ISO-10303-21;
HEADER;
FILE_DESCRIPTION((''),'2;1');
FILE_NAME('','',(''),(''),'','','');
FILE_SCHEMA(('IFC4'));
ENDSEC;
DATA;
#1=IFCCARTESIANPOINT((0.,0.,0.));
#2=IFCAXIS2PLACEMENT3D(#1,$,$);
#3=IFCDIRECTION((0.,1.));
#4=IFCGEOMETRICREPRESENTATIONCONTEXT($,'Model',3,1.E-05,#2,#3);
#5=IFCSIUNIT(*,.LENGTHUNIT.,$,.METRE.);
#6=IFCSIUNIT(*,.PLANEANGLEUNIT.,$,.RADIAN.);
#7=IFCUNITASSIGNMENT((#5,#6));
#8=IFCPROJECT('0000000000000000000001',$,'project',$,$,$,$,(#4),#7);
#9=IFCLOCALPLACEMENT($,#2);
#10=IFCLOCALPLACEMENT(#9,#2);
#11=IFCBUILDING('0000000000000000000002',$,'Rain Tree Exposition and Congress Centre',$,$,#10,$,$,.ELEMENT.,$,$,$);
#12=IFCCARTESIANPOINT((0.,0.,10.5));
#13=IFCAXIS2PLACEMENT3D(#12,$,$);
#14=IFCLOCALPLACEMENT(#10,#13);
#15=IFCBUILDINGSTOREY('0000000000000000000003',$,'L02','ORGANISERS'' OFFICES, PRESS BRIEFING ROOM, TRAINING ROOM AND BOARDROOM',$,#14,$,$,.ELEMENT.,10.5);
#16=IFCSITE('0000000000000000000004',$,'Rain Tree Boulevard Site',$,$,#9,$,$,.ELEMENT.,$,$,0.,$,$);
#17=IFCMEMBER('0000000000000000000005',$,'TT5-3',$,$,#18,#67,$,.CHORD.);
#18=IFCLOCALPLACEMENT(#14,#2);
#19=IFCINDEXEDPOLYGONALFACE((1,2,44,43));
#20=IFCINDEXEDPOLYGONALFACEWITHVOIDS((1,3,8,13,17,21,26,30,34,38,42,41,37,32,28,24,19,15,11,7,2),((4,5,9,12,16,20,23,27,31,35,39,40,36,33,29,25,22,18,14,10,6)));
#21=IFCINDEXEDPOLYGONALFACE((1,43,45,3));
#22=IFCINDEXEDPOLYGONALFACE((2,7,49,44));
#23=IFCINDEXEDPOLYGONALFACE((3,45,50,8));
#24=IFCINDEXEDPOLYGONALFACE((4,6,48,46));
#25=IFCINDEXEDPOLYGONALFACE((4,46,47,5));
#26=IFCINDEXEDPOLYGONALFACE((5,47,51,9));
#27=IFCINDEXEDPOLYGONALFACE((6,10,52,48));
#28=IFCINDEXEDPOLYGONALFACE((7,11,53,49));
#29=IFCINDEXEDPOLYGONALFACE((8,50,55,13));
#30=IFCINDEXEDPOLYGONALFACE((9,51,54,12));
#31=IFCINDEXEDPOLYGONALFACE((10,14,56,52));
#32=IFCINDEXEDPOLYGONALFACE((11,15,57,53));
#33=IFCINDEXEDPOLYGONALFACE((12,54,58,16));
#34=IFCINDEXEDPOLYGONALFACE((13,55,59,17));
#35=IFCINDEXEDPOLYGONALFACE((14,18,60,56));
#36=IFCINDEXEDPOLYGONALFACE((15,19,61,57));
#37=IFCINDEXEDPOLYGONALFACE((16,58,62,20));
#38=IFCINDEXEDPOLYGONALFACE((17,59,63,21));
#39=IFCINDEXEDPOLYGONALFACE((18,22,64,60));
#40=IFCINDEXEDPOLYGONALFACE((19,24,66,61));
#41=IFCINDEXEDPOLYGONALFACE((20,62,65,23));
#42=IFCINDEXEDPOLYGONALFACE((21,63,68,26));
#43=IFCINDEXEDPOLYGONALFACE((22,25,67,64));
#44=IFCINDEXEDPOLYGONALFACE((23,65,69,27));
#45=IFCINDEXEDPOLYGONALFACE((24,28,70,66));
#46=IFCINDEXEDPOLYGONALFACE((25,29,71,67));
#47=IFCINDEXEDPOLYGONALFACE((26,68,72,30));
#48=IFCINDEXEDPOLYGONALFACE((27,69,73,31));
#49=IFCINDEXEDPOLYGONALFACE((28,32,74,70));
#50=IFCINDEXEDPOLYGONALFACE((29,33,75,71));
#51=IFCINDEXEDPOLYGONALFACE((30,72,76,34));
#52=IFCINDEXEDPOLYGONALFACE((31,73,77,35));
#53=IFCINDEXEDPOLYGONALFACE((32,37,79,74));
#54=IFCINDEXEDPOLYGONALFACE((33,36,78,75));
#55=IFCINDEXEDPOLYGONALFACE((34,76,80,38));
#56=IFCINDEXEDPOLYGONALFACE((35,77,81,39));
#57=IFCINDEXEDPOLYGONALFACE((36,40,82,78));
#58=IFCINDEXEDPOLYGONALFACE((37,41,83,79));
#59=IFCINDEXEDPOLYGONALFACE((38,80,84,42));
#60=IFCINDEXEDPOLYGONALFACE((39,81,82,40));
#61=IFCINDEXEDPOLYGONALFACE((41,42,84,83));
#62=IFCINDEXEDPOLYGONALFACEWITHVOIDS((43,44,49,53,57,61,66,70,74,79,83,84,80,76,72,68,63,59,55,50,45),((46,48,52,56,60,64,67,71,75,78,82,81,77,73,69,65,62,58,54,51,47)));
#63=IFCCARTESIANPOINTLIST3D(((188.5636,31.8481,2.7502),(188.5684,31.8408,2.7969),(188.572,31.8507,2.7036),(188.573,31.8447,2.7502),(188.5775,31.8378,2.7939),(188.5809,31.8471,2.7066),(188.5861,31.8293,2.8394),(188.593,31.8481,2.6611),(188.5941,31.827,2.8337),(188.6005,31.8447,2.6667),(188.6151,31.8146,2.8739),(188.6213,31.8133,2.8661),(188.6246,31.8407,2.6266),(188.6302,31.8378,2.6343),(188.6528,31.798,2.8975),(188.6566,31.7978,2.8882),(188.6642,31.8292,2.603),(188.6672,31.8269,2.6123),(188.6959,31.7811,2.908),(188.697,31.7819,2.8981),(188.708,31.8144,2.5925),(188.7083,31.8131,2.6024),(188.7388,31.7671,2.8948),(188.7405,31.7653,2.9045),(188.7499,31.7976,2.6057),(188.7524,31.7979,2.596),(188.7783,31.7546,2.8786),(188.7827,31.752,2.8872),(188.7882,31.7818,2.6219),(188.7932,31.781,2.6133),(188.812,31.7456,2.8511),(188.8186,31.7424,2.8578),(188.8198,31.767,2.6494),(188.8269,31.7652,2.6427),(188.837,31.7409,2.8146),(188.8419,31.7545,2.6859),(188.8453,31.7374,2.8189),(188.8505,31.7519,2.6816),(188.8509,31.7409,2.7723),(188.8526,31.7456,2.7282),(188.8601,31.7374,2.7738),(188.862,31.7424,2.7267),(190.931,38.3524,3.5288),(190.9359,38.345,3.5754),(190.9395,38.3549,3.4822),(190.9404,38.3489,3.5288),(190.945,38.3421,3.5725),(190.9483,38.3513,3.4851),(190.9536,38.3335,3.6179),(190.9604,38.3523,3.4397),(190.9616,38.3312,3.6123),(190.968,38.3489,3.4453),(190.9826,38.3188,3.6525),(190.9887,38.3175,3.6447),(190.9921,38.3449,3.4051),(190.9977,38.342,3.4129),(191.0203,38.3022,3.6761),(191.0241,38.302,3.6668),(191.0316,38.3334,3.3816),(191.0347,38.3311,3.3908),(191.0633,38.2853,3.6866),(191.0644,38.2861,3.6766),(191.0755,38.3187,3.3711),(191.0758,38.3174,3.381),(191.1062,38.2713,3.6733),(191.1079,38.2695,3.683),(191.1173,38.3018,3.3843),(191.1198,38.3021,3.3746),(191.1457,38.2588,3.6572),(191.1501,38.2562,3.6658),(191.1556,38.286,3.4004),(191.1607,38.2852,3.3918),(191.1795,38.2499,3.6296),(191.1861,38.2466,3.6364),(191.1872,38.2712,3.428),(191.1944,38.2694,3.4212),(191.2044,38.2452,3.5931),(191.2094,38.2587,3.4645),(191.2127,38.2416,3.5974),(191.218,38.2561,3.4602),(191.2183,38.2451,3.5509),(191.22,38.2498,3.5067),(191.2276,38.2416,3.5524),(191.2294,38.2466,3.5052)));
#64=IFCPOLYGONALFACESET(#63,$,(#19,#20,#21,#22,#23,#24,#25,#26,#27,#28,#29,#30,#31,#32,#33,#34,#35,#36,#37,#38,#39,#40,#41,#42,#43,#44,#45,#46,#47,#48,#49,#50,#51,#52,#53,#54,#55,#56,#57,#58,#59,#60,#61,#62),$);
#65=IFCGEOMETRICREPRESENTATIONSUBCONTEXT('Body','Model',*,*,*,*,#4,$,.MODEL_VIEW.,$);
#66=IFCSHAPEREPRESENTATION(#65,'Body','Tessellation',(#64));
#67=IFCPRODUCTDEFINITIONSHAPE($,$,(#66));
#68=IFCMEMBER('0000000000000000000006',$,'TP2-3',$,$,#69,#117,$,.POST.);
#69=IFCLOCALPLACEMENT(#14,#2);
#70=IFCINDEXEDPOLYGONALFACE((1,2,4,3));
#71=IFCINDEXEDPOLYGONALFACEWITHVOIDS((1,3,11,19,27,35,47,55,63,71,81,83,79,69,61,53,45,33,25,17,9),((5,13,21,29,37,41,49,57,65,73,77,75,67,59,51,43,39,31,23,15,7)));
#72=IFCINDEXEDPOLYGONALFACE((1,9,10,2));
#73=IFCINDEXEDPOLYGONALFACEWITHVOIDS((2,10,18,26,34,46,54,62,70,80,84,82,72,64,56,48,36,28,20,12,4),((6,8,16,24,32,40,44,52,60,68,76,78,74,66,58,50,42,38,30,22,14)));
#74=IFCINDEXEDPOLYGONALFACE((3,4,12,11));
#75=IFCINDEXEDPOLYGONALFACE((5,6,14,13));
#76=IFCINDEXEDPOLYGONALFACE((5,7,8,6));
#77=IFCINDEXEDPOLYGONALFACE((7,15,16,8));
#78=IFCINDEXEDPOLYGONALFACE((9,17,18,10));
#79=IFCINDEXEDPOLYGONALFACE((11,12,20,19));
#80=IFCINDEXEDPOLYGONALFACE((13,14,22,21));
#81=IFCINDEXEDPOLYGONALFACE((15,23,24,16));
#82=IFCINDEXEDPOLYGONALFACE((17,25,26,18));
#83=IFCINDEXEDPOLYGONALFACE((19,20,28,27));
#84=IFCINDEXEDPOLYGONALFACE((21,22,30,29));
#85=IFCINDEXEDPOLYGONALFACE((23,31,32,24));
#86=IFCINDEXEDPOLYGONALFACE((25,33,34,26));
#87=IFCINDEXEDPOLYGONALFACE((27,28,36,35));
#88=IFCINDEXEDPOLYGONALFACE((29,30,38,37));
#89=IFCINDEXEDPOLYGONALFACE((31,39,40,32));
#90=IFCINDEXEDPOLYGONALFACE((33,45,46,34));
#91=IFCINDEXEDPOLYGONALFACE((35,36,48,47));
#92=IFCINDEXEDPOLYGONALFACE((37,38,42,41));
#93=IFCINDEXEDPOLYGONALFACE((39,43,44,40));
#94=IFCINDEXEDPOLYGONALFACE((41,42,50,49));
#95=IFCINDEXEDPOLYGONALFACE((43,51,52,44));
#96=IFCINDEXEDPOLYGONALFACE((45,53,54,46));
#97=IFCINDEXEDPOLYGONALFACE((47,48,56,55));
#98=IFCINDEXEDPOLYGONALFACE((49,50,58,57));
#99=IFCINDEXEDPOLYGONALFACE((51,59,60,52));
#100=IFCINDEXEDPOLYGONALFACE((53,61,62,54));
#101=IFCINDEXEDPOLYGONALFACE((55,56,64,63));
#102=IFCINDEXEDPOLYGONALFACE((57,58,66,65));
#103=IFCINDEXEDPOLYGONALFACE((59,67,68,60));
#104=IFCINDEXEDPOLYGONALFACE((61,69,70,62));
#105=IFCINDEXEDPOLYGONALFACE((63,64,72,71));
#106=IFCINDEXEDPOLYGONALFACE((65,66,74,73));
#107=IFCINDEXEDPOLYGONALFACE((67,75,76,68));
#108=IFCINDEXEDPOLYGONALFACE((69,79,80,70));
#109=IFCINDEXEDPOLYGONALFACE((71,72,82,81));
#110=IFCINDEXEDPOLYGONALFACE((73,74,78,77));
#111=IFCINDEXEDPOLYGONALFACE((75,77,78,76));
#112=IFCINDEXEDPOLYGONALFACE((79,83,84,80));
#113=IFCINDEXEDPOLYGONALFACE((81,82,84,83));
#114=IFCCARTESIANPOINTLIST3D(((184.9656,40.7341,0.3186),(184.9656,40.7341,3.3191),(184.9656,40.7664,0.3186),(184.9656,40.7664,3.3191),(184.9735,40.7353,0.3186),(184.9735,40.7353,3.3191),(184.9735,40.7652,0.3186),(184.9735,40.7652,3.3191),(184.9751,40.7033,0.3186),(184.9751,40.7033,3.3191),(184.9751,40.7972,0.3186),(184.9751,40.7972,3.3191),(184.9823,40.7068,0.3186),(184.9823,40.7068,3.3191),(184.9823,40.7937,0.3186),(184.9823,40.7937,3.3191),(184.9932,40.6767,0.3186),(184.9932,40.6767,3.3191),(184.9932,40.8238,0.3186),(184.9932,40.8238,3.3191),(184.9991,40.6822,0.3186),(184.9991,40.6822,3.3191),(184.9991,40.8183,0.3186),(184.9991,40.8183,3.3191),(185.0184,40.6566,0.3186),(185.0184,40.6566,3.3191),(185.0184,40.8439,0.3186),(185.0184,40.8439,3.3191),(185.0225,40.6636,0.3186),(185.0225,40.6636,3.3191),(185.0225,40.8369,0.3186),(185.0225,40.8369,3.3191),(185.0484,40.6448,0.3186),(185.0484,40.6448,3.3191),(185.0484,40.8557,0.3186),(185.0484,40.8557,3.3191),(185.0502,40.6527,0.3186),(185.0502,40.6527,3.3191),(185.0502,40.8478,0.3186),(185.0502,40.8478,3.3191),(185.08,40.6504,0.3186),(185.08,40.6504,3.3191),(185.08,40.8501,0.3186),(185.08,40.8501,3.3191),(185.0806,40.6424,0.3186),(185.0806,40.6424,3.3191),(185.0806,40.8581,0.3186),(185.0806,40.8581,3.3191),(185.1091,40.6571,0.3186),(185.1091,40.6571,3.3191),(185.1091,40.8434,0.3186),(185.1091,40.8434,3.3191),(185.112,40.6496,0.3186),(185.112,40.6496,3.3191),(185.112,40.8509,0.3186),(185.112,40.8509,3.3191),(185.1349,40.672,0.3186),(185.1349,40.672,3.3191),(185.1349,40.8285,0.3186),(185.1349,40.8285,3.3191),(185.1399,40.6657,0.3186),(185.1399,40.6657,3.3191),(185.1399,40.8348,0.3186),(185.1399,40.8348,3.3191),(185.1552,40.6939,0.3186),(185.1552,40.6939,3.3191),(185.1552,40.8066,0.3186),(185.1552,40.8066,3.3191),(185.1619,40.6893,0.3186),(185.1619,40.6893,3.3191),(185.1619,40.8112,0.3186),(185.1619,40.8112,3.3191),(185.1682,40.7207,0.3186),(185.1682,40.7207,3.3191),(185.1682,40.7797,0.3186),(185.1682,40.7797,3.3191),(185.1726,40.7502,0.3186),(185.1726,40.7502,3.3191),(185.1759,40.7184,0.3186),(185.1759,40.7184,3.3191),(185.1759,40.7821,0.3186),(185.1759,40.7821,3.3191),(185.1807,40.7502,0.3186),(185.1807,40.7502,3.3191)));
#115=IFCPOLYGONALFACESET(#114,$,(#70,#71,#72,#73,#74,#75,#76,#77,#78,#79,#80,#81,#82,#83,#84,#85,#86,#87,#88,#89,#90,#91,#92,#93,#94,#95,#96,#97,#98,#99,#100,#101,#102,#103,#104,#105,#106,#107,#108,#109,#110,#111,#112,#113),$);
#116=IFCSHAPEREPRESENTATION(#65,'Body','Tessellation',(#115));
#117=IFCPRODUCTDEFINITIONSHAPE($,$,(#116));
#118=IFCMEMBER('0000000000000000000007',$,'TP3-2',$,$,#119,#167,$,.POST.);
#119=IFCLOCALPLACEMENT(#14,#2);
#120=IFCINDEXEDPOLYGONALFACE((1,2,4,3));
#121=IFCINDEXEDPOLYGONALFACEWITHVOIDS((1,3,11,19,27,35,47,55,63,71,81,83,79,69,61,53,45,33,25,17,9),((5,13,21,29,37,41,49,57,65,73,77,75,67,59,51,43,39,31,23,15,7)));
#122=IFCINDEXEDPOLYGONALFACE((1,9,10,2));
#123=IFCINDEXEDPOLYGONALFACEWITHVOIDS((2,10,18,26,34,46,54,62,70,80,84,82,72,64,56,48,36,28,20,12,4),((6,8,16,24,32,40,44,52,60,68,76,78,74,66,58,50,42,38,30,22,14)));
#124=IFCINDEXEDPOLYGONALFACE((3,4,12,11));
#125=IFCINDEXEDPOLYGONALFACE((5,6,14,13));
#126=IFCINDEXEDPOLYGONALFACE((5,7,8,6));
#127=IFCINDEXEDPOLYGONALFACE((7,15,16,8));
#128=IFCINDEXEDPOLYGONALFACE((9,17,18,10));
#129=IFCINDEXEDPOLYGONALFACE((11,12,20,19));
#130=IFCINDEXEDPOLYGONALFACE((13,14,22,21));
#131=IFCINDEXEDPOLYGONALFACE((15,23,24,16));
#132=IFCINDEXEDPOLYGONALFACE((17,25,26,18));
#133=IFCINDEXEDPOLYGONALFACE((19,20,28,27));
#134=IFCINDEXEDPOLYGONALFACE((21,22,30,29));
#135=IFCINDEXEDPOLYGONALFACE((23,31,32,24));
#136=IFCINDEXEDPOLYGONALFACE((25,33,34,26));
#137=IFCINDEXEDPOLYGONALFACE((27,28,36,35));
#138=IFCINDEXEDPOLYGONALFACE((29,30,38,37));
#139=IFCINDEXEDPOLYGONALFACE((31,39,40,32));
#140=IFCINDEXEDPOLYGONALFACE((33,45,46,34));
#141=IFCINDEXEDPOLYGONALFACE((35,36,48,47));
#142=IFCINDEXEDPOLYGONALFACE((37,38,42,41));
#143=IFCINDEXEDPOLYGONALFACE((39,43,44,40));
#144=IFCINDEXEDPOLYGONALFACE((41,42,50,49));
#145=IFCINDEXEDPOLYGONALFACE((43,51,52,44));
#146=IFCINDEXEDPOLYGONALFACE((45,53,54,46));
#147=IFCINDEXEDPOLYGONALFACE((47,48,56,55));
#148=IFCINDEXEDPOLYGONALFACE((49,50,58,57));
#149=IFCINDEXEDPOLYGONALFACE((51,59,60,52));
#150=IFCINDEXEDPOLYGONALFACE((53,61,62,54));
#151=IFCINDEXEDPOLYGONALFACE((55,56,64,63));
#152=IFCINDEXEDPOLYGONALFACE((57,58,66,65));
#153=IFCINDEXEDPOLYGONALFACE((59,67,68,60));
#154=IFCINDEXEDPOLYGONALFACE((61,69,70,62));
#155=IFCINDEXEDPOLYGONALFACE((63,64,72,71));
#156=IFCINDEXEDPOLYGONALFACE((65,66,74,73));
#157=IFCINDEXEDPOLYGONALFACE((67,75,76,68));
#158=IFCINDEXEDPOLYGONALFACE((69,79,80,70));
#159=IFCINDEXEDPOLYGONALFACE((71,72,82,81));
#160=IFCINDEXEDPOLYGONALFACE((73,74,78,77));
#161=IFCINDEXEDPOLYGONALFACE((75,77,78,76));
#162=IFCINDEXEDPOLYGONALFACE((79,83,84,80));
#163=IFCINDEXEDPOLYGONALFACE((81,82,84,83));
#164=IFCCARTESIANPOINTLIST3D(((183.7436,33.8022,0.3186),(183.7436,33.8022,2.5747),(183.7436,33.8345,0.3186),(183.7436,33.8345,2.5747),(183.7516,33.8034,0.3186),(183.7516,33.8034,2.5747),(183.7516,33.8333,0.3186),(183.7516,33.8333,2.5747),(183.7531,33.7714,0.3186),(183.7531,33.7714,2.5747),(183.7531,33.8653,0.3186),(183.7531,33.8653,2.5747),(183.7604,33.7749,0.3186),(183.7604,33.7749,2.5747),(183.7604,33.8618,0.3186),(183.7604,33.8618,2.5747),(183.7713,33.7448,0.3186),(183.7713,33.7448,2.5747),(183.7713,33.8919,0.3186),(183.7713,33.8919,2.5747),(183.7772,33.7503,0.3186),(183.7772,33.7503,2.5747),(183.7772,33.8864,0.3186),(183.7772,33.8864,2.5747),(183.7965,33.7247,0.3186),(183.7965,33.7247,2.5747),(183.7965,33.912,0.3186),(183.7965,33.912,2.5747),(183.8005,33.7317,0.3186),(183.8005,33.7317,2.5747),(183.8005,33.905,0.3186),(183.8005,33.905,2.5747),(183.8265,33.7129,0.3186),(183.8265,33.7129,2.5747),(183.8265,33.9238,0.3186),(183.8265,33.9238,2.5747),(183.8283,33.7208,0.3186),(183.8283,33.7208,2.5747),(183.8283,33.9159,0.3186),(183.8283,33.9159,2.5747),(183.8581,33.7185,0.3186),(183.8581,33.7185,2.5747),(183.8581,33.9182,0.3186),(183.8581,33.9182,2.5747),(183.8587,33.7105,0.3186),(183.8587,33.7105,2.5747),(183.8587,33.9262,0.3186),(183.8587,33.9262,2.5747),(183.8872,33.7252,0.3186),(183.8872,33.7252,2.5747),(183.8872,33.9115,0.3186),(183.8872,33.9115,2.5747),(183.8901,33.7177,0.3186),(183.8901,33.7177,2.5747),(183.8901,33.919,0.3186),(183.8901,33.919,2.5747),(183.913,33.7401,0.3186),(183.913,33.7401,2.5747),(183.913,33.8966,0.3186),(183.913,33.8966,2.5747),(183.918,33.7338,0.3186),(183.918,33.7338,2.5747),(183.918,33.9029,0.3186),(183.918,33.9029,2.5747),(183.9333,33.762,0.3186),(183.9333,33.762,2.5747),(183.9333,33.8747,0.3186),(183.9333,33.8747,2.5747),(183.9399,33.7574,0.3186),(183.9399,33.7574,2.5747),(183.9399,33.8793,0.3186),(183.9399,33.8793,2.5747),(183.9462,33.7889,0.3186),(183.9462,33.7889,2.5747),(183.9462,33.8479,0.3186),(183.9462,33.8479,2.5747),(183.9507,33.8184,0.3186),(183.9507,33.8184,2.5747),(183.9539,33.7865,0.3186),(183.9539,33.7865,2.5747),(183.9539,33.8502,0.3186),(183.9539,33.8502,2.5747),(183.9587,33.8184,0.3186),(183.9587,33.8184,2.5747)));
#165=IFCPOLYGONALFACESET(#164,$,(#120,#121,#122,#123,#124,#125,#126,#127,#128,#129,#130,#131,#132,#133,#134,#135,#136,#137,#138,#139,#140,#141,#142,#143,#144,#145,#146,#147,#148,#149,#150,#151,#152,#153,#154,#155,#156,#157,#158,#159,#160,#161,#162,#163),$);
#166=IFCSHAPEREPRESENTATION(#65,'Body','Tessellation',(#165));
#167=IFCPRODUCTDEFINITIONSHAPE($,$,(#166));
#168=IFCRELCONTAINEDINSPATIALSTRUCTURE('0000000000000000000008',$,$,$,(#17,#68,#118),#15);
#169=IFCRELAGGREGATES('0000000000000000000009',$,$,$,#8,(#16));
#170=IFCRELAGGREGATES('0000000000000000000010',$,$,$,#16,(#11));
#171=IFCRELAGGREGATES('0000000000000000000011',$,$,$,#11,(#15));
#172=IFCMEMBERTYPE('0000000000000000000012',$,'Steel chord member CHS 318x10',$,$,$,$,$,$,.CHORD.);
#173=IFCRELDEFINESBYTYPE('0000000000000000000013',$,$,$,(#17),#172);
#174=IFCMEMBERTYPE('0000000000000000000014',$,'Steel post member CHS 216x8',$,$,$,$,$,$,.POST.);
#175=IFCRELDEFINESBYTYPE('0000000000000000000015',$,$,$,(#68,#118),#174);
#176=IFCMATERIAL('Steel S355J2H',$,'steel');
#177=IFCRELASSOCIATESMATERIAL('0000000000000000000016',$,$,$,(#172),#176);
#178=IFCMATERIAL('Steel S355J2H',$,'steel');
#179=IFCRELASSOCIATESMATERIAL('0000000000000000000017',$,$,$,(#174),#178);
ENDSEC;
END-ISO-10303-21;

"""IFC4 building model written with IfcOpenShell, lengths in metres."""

from ifc_helpers import new_model, si_unit, direction, frame, origin, origin_2d, place, context, subcontext, project, spatial, hollow_circle, extrude, material, material_profile, profile_set, type_object, element, save


model = new_model("IFC4")

# Units and contexts
model_context = context("Model", 3, precision=1e-05, world=origin(), true_north=direction((0.0, 1.0)))
body_context = subcontext(model_context, "Body", "Model", "MODEL_VIEW")
ifc_project = project(units=[si_unit("LENGTHUNIT", "METRE"), si_unit("PLANEANGLEUNIT", "RADIAN")], contexts=[model_context])

# Site, building, storey
site_placement = place(None, origin())
site = spatial("IfcSite", under=ifc_project, at=site_placement, Name="Rain Tree Boulevard Site", CompositionType="ELEMENT", RefElevation=0.0)
building_placement = place(site_placement, origin())
building = spatial("IfcBuilding", under=site, at=building_placement, Name="Rain Tree Exposition and Congress Centre", CompositionType="ELEMENT")
storey_placement = place(building_placement, frame((0.0, 0.0, 10.5)))
storey = spatial("IfcBuildingStorey", under=building, at=storey_placement, Name="L02", Description="ORGANISERS' OFFICES, PRESS BRIEFING ROOM, TRAINING ROOM AND BOARDROOM", CompositionType="ELEMENT", Elevation=10.5)

# Members
ifc_material_1 = material(Name="Steel S355J2H", Category="steel")
ifc_material_profile_1 = material_profile(ifc_material_1, hollow_circle(Radius=0.1592, WallThickness=0.01, at=origin_2d()), Name="CHS 318x10")
ifc_profile_set_1 = profile_set([ifc_material_profile_1], Name="Steel S355J2H")
member_type_1 = type_object("IfcMemberType", Name="Steel chord member CHS 318x10", PredefinedType="CHORD", material=ifc_profile_set_1)
member_1_placement = place(storey_placement, frame((188.7131, 31.7937, 2.7502), z_axis=(0.339891, 0.933798, 0.111778), x_axis=(-0.939687, 0.342035, 0.0)))
element("IfcMember", 1, at=member_1_placement, inside=storey, type_object=member_type_1, Name="TT5-3", PredefinedType="CHORD", context=body_context, shape_type="SweptSolid", body=[
    extrude(hollow_circle(Radius=0.1592, WallThickness=0.01, at=origin_2d()), origin(), (0.0, 0.0, 1.0), 6.9653),
])
ifc_material_2 = material(Name="Steel S355J2H", Category="steel")
ifc_material_profile_2 = material_profile(ifc_material_2, hollow_circle(Radius=0.1082, WallThickness=0.0081, at=origin_2d()), Name="CHS 216x8")
ifc_profile_set_2 = profile_set([ifc_material_profile_2], Name="Steel S355J2H")
member_type_2 = type_object("IfcMemberType", Name="Steel post member CHS 216x8", PredefinedType="POST", material=ifc_profile_set_2)
member_2_placement = place(storey_placement, frame((185.0725, 40.7502, 0.3186), z_axis=(0.0, 0.0, 1.0), x_axis=(1.0, 0.0, 0.0)))
element("IfcMember", 2, at=member_2_placement, inside=storey, type_object=member_type_2, Name="TP2-3", PredefinedType="POST", context=body_context, shape_type="SweptSolid", body=[
    extrude(hollow_circle(Radius=0.1082, WallThickness=0.0081, at=origin_2d()), origin(), (0.0, 0.0, 1.0), 3.0005),
])
member_3_placement = place(storey_placement, frame((183.8506, 33.8184, 0.3186), z_axis=(0.0, 0.0, 1.0), x_axis=(1.0, 0.0, 0.0)))
element("IfcMember", 3, at=member_3_placement, inside=storey, type_object=member_type_2, Name="TP3-2", PredefinedType="POST", context=body_context, shape_type="SweptSolid", body=[
    extrude(hollow_circle(Radius=0.1082, WallThickness=0.0081, at=origin_2d()), origin(), (0.0, 0.0, 1.0), 2.2561),
])

save(model, "model.ifc")
